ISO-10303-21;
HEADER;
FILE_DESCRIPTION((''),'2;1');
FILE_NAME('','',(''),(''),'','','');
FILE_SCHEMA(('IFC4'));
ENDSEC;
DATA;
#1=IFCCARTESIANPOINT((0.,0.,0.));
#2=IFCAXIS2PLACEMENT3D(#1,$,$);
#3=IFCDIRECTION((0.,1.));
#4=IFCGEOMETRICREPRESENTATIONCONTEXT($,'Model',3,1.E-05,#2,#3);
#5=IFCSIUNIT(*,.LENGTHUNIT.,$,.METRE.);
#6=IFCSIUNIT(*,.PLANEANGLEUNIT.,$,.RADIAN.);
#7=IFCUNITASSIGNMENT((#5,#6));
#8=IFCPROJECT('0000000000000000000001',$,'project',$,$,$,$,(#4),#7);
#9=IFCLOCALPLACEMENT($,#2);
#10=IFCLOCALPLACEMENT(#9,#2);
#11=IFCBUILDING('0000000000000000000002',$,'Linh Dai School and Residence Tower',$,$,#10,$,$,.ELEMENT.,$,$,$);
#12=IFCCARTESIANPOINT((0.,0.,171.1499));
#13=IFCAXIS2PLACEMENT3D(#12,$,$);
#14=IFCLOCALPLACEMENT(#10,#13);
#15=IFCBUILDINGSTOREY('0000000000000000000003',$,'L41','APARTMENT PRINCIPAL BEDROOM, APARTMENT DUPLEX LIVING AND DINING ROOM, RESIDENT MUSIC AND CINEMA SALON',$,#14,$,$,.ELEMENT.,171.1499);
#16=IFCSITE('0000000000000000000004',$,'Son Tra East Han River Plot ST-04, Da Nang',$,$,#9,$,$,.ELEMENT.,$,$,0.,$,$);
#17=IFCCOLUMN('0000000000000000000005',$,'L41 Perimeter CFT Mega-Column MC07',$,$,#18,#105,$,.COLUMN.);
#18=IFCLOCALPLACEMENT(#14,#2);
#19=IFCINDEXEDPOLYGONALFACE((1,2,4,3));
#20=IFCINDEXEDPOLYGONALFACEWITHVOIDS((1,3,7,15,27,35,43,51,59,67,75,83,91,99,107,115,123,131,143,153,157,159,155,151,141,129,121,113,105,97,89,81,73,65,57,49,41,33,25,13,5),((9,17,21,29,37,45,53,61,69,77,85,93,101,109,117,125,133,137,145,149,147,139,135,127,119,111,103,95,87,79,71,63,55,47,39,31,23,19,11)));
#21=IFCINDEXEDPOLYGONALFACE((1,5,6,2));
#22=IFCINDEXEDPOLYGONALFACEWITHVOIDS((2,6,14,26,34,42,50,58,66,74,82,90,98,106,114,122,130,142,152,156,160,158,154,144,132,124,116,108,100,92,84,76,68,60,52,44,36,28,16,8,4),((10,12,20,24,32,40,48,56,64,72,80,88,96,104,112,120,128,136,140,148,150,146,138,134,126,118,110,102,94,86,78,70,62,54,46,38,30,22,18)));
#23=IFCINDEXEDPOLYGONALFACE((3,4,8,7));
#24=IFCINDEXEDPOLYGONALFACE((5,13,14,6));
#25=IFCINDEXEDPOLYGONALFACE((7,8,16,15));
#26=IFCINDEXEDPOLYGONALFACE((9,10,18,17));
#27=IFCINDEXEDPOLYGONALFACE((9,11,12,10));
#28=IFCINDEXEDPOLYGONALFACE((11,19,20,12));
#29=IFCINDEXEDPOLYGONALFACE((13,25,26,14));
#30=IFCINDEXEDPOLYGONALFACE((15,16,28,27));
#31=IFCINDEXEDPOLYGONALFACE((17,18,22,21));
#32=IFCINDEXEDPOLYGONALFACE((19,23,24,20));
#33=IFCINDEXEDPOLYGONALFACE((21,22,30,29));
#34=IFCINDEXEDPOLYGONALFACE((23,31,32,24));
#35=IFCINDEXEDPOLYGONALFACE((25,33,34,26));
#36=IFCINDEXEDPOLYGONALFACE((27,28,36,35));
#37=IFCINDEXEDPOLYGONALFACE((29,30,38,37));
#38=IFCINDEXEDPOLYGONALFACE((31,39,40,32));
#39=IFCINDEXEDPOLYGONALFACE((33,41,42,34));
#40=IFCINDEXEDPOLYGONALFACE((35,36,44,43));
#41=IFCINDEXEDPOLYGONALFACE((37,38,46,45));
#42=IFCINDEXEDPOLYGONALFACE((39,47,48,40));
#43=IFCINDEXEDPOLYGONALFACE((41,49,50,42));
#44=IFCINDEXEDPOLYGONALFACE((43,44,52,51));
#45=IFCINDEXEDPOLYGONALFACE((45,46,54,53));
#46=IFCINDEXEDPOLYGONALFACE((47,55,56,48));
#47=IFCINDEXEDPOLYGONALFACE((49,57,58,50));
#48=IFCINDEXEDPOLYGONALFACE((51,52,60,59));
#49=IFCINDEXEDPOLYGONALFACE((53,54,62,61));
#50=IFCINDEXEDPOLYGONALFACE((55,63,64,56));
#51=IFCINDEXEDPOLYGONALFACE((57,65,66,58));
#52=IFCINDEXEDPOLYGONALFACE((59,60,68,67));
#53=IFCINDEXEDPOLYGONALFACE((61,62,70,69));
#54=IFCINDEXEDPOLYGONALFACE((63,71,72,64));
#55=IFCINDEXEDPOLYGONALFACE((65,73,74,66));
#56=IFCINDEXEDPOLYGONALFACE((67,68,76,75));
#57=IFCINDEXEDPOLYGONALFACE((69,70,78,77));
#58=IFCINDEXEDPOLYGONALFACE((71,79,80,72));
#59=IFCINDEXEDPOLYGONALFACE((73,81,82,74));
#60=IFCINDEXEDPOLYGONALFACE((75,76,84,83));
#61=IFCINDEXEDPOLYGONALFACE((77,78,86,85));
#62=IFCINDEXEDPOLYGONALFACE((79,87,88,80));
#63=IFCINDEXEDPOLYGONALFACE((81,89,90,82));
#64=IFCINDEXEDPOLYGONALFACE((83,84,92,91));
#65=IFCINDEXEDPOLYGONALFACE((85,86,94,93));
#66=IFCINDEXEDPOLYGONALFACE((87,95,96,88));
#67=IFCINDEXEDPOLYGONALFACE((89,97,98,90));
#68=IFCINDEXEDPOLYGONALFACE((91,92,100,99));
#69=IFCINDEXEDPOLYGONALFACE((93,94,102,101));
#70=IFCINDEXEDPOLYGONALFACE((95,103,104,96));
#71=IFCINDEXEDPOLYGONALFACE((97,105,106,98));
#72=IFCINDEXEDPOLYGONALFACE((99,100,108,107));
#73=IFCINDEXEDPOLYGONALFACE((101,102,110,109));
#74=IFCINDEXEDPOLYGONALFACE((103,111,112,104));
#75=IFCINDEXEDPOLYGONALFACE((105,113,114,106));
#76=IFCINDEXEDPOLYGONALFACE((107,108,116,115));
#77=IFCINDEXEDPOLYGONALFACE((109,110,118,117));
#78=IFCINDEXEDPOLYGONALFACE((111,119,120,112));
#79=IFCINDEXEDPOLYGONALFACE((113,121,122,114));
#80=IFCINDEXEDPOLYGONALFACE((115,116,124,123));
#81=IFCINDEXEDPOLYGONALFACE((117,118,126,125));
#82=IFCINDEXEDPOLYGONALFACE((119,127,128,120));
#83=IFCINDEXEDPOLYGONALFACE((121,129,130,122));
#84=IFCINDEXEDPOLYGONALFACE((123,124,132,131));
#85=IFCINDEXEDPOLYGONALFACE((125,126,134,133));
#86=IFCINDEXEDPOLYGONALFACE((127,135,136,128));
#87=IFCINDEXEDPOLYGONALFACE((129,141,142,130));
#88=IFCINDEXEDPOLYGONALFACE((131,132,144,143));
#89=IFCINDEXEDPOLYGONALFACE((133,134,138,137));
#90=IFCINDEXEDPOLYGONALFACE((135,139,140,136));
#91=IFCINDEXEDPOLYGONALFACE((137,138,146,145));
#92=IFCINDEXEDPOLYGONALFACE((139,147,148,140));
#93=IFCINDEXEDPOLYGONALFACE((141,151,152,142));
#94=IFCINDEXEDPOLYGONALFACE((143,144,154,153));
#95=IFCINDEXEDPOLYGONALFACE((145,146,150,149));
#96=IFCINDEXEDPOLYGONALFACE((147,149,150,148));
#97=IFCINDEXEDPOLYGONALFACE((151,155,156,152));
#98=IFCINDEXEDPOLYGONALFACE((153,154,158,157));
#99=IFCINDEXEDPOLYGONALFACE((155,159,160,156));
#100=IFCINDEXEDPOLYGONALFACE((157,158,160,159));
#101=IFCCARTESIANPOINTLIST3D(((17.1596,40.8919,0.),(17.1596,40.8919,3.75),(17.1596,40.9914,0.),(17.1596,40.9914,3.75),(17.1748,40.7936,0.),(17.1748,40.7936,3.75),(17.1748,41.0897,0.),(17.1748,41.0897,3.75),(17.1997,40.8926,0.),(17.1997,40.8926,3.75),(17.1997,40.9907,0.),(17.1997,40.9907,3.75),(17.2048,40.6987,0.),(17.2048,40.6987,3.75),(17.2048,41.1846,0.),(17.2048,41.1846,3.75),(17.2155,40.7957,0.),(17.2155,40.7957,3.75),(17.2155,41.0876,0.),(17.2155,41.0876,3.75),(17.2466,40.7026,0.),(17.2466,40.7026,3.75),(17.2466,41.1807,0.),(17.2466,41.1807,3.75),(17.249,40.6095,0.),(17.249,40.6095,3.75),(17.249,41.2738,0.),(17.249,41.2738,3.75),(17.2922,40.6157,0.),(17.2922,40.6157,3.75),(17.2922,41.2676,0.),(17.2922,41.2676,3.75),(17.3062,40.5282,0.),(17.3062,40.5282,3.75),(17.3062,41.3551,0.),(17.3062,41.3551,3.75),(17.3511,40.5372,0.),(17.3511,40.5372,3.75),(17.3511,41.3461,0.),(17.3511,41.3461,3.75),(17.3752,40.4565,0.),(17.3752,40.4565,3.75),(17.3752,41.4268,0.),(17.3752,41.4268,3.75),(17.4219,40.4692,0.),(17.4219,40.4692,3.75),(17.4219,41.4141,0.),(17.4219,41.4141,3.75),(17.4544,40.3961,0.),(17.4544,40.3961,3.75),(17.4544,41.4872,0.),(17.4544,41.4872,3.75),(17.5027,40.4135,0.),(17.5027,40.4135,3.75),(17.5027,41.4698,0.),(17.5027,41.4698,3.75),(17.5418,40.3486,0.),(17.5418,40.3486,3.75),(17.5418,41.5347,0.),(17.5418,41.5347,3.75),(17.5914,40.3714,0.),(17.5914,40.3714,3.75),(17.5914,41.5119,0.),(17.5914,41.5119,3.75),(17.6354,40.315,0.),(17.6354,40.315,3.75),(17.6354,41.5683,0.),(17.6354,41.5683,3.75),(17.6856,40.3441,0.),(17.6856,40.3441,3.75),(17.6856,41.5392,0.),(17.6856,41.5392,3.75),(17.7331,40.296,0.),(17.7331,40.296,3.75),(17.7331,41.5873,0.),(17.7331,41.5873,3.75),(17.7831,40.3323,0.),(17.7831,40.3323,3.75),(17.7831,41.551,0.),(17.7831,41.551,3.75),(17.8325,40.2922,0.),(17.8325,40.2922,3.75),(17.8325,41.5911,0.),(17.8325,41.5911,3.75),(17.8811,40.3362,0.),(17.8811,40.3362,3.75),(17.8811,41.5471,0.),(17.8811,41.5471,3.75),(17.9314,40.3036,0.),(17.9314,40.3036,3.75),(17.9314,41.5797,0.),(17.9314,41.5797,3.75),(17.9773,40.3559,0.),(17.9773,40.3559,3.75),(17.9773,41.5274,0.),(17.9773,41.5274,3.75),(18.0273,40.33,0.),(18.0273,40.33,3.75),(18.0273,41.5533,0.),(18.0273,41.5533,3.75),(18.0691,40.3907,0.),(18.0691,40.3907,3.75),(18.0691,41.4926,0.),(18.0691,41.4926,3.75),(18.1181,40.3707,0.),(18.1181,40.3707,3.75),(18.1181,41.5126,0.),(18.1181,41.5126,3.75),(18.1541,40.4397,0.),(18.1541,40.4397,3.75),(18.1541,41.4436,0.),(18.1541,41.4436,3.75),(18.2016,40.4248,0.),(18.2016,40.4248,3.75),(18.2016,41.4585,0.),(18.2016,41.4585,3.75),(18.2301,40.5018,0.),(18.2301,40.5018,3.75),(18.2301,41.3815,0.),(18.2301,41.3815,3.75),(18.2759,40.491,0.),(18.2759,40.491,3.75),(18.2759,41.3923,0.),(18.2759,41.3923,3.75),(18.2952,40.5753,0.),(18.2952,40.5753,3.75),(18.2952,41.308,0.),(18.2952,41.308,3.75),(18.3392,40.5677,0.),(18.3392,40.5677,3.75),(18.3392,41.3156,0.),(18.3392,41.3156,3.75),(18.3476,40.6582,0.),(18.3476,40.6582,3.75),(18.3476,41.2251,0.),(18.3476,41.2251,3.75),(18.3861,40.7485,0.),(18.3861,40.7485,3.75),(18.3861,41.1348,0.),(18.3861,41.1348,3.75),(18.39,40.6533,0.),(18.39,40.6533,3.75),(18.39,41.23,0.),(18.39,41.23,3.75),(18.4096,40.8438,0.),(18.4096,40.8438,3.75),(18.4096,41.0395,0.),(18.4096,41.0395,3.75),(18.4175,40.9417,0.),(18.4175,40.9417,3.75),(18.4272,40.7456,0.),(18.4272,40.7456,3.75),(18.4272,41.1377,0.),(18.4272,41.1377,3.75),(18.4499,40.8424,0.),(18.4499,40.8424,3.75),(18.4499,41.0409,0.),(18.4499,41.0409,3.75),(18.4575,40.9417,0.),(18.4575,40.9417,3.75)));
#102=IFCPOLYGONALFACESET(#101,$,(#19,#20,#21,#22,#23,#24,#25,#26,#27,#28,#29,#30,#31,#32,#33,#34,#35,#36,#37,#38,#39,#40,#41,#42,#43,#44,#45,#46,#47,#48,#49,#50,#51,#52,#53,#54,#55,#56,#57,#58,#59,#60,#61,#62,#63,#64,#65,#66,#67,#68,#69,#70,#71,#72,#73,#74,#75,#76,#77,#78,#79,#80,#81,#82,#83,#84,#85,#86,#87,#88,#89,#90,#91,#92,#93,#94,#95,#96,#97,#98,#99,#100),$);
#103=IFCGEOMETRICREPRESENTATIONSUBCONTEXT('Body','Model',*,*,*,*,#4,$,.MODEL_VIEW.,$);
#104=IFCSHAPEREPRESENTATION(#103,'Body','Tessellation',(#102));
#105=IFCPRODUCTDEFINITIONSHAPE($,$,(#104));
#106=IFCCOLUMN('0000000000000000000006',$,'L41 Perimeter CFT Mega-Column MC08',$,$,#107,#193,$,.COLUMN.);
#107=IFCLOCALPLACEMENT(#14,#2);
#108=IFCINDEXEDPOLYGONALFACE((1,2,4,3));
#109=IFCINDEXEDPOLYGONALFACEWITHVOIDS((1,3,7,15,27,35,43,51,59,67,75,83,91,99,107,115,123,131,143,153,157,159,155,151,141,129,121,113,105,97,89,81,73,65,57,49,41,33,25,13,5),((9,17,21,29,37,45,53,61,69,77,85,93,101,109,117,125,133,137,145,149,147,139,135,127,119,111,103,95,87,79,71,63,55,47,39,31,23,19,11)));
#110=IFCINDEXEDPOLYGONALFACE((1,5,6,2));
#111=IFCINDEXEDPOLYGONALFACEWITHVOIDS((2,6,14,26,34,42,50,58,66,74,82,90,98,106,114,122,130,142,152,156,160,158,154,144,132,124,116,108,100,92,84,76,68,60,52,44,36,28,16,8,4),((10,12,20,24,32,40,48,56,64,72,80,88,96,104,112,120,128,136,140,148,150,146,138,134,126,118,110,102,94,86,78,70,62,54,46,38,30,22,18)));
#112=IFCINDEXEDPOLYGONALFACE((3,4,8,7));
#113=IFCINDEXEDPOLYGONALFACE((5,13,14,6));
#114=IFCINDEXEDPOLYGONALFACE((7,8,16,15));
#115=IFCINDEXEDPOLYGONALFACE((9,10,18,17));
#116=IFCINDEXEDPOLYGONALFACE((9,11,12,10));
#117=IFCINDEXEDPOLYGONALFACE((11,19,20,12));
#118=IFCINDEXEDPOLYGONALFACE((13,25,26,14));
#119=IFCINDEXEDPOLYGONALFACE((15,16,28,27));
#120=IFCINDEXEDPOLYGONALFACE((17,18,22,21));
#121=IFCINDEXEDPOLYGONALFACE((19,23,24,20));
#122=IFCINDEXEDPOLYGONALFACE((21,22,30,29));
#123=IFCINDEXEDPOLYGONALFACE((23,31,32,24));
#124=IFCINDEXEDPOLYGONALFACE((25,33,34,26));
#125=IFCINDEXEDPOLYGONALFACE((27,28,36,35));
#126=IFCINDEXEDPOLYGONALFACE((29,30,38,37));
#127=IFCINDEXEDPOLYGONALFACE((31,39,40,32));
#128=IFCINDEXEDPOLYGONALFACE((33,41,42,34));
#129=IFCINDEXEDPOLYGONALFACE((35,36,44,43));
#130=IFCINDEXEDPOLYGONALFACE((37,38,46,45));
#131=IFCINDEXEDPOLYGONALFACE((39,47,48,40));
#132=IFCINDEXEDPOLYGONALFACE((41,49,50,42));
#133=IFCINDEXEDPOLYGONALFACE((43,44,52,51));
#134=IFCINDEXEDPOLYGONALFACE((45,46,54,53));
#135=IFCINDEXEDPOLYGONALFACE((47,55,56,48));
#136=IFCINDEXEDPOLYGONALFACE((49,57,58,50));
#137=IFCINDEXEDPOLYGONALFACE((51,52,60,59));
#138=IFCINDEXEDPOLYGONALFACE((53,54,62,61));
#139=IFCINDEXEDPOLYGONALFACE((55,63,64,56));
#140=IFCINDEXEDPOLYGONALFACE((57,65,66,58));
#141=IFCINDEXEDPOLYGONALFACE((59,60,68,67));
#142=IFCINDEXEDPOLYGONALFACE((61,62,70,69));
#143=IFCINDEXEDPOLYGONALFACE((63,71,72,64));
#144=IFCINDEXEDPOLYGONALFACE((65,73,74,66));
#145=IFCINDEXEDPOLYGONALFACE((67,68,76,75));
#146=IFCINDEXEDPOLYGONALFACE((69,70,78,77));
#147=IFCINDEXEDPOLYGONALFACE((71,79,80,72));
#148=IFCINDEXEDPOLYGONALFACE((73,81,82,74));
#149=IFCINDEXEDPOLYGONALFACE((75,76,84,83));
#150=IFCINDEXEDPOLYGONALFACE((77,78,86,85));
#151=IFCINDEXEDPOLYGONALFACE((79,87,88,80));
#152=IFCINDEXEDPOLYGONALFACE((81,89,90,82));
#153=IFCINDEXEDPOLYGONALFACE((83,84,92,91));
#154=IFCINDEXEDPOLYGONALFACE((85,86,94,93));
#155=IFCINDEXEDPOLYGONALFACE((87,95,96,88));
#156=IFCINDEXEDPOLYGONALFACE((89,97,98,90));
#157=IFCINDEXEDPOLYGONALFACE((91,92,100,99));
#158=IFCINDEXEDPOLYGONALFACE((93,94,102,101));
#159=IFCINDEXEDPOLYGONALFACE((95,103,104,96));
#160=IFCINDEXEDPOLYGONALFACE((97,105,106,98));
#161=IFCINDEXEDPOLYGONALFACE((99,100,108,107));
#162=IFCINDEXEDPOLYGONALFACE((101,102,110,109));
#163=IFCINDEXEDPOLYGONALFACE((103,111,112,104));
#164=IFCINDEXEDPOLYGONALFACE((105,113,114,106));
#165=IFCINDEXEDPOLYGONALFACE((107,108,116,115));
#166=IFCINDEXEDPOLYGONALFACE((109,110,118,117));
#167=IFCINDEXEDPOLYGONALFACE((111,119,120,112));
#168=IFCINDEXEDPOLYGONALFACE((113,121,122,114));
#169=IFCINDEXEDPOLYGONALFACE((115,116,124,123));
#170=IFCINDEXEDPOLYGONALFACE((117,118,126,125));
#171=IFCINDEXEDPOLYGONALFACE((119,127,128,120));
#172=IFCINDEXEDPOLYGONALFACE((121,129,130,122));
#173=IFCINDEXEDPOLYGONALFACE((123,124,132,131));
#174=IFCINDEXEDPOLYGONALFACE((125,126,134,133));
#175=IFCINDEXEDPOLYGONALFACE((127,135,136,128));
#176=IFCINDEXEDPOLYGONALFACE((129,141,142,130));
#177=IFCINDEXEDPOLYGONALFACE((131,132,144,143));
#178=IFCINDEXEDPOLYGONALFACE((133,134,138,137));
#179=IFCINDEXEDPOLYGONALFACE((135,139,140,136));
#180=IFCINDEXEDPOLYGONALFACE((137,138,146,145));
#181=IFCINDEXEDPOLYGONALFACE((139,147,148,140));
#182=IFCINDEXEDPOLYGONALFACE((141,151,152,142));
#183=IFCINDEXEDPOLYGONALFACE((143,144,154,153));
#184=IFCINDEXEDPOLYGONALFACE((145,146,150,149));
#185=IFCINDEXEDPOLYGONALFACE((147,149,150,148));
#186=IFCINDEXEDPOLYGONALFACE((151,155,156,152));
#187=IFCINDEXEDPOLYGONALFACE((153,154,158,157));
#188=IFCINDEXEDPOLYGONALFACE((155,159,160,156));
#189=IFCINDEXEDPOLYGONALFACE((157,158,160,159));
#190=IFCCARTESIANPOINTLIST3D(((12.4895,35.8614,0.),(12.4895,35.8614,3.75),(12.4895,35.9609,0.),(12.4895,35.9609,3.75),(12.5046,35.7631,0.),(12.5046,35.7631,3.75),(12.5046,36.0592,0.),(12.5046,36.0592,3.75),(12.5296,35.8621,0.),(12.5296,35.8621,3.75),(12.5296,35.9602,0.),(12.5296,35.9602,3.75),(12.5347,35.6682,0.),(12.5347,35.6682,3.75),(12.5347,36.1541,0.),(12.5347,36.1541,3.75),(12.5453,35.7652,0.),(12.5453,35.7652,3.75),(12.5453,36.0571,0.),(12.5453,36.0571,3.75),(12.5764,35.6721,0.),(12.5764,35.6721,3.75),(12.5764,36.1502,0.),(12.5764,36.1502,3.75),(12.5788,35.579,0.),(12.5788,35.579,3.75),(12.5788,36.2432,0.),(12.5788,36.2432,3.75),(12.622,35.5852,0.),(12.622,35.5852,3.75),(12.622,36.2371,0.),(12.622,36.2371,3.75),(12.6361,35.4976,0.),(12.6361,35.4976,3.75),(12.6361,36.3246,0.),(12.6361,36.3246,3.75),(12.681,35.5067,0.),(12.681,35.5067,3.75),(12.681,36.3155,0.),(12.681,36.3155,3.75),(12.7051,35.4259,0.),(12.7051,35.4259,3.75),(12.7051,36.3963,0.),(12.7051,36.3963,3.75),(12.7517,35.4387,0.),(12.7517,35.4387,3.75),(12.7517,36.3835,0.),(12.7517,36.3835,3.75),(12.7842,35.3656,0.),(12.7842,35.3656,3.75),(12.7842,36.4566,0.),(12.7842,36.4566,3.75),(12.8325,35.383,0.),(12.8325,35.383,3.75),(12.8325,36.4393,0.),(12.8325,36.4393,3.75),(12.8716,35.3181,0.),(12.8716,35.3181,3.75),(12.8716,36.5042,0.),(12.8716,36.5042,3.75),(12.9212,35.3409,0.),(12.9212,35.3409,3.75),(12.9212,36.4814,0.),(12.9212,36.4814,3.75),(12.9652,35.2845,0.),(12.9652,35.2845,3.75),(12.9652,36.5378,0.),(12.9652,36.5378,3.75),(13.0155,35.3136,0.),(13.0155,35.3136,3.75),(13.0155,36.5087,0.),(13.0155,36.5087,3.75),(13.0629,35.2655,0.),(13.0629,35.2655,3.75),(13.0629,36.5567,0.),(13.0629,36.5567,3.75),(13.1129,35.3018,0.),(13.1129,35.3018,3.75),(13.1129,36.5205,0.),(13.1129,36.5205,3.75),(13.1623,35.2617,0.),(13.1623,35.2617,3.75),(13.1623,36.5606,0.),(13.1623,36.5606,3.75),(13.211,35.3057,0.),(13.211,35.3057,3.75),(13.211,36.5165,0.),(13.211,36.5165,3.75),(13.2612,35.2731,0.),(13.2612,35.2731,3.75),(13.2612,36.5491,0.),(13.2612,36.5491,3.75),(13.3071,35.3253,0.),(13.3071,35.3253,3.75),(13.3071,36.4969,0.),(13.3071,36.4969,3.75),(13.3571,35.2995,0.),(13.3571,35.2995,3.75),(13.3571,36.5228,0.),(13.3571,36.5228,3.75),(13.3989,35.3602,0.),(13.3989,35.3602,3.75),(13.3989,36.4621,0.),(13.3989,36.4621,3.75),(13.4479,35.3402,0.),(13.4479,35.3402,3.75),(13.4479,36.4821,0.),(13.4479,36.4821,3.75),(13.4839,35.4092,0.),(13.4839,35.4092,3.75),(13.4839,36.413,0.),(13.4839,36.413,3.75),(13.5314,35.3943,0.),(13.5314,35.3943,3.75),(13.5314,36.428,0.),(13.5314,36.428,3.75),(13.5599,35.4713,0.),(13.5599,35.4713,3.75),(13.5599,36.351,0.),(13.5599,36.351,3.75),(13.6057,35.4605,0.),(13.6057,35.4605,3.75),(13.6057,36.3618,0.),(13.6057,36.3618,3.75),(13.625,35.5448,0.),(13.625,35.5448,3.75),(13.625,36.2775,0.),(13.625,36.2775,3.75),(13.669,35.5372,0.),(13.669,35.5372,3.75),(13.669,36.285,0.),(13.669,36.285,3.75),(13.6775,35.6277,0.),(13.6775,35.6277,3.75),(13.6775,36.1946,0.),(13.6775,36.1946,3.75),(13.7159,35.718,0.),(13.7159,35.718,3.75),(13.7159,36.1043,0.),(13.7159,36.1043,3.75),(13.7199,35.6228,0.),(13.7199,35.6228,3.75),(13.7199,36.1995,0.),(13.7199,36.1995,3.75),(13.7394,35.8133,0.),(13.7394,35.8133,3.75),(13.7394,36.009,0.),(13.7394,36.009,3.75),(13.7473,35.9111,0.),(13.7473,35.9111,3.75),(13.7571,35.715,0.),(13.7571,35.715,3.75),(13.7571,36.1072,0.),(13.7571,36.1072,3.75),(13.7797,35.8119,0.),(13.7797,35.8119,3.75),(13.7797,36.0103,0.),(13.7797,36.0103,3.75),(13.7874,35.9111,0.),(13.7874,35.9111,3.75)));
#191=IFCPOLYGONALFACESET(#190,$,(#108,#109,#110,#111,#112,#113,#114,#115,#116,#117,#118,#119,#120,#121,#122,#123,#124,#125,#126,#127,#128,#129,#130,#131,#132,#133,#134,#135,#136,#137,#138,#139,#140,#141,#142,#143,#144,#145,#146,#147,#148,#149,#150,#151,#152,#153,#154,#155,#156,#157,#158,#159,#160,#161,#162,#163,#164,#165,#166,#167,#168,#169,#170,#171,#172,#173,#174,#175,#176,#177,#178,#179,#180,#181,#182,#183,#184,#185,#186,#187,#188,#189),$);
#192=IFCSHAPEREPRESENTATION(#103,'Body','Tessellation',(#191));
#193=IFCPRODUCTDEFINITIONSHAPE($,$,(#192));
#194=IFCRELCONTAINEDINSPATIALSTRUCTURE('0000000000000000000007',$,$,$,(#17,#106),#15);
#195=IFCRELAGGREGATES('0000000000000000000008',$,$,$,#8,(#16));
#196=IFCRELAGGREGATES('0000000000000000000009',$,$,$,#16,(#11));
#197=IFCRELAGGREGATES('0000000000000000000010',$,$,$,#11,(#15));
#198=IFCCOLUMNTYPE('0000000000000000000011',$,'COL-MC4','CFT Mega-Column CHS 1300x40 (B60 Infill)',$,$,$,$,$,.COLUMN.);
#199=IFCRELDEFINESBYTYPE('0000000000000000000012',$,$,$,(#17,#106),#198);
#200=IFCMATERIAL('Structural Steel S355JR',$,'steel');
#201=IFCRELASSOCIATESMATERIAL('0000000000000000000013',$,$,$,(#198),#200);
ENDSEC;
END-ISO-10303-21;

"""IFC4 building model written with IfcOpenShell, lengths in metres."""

from ifc_helpers import new_model, si_unit, direction, frame, origin, origin_2d, place, context, subcontext, project, spatial, hollow_circle, extrude, material, material_profile, profile_set, type_object, element, save


model = new_model("IFC4")

# Units and contexts
model_context = context("Model", 3, precision=1e-05, world=origin(), true_north=direction((0.0, 1.0)))
body_context = subcontext(model_context, "Body", "Model", "MODEL_VIEW")
ifc_project = project(units=[si_unit("LENGTHUNIT", "METRE"), si_unit("PLANEANGLEUNIT", "RADIAN")], contexts=[model_context])

# Site, building, storey
site_placement = place(None, origin())
site = spatial("IfcSite", under=ifc_project, at=site_placement, Name="Son Tra East Han River Plot ST-04, Da Nang", CompositionType="ELEMENT", RefElevation=0.0)
building_placement = place(site_placement, origin())
building = spatial("IfcBuilding", under=site, at=building_placement, Name="Linh Dai School and Residence Tower", CompositionType="ELEMENT")
storey_placement = place(building_placement, frame((0.0, 0.0, 171.1499)))
storey = spatial("IfcBuildingStorey", under=building, at=storey_placement, Name="L41", Description="APARTMENT PRINCIPAL BEDROOM, APARTMENT DUPLEX LIVING AND DINING ROOM, RESIDENT MUSIC AND CINEMA SALON", CompositionType="ELEMENT", Elevation=171.1499)

# Columns
ifc_material_1 = material(Name="Structural Steel S355JR", Category="steel")
ifc_material_profile_1 = material_profile(ifc_material_1, hollow_circle(Radius=0.6499, WallThickness=0.04, at=origin_2d()), Name="CHS 1300x40")
ifc_profile_set_1 = profile_set([ifc_material_profile_1], Name="Structural Steel S355JR")
column_type = type_object("IfcColumnType", Name="COL-MC4", Description="CFT Mega-Column CHS 1300x40 (B60 Infill)", PredefinedType="COLUMN", material=ifc_profile_set_1)
for number, where, z_axis, x_axis, name in (
    (1, (17.8076, 40.9417, 0.0), (0.0, 0.0, 1.0), (1.0, 0.0, 0.0), "L41 Perimeter CFT Mega-Column MC07"),
    (2, (13.1375, 35.9111, 0.0), (0.0, 0.0, 1.0), (1.0, 0.0, 0.0), "L41 Perimeter CFT Mega-Column MC08"),
):
    element("IfcColumn", number, at=place(storey_placement, frame(where, z_axis=z_axis, x_axis=x_axis)), inside=storey, type_object=column_type, Name=name, PredefinedType="COLUMN", context=body_context, shape_type="SweptSolid", body=[
        extrude(hollow_circle(Radius=0.6499, WallThickness=0.04, at=origin_2d()), origin(), (0.0, 0.0, 1.0), 3.75),
    ])

save(model, "model.ifc")
